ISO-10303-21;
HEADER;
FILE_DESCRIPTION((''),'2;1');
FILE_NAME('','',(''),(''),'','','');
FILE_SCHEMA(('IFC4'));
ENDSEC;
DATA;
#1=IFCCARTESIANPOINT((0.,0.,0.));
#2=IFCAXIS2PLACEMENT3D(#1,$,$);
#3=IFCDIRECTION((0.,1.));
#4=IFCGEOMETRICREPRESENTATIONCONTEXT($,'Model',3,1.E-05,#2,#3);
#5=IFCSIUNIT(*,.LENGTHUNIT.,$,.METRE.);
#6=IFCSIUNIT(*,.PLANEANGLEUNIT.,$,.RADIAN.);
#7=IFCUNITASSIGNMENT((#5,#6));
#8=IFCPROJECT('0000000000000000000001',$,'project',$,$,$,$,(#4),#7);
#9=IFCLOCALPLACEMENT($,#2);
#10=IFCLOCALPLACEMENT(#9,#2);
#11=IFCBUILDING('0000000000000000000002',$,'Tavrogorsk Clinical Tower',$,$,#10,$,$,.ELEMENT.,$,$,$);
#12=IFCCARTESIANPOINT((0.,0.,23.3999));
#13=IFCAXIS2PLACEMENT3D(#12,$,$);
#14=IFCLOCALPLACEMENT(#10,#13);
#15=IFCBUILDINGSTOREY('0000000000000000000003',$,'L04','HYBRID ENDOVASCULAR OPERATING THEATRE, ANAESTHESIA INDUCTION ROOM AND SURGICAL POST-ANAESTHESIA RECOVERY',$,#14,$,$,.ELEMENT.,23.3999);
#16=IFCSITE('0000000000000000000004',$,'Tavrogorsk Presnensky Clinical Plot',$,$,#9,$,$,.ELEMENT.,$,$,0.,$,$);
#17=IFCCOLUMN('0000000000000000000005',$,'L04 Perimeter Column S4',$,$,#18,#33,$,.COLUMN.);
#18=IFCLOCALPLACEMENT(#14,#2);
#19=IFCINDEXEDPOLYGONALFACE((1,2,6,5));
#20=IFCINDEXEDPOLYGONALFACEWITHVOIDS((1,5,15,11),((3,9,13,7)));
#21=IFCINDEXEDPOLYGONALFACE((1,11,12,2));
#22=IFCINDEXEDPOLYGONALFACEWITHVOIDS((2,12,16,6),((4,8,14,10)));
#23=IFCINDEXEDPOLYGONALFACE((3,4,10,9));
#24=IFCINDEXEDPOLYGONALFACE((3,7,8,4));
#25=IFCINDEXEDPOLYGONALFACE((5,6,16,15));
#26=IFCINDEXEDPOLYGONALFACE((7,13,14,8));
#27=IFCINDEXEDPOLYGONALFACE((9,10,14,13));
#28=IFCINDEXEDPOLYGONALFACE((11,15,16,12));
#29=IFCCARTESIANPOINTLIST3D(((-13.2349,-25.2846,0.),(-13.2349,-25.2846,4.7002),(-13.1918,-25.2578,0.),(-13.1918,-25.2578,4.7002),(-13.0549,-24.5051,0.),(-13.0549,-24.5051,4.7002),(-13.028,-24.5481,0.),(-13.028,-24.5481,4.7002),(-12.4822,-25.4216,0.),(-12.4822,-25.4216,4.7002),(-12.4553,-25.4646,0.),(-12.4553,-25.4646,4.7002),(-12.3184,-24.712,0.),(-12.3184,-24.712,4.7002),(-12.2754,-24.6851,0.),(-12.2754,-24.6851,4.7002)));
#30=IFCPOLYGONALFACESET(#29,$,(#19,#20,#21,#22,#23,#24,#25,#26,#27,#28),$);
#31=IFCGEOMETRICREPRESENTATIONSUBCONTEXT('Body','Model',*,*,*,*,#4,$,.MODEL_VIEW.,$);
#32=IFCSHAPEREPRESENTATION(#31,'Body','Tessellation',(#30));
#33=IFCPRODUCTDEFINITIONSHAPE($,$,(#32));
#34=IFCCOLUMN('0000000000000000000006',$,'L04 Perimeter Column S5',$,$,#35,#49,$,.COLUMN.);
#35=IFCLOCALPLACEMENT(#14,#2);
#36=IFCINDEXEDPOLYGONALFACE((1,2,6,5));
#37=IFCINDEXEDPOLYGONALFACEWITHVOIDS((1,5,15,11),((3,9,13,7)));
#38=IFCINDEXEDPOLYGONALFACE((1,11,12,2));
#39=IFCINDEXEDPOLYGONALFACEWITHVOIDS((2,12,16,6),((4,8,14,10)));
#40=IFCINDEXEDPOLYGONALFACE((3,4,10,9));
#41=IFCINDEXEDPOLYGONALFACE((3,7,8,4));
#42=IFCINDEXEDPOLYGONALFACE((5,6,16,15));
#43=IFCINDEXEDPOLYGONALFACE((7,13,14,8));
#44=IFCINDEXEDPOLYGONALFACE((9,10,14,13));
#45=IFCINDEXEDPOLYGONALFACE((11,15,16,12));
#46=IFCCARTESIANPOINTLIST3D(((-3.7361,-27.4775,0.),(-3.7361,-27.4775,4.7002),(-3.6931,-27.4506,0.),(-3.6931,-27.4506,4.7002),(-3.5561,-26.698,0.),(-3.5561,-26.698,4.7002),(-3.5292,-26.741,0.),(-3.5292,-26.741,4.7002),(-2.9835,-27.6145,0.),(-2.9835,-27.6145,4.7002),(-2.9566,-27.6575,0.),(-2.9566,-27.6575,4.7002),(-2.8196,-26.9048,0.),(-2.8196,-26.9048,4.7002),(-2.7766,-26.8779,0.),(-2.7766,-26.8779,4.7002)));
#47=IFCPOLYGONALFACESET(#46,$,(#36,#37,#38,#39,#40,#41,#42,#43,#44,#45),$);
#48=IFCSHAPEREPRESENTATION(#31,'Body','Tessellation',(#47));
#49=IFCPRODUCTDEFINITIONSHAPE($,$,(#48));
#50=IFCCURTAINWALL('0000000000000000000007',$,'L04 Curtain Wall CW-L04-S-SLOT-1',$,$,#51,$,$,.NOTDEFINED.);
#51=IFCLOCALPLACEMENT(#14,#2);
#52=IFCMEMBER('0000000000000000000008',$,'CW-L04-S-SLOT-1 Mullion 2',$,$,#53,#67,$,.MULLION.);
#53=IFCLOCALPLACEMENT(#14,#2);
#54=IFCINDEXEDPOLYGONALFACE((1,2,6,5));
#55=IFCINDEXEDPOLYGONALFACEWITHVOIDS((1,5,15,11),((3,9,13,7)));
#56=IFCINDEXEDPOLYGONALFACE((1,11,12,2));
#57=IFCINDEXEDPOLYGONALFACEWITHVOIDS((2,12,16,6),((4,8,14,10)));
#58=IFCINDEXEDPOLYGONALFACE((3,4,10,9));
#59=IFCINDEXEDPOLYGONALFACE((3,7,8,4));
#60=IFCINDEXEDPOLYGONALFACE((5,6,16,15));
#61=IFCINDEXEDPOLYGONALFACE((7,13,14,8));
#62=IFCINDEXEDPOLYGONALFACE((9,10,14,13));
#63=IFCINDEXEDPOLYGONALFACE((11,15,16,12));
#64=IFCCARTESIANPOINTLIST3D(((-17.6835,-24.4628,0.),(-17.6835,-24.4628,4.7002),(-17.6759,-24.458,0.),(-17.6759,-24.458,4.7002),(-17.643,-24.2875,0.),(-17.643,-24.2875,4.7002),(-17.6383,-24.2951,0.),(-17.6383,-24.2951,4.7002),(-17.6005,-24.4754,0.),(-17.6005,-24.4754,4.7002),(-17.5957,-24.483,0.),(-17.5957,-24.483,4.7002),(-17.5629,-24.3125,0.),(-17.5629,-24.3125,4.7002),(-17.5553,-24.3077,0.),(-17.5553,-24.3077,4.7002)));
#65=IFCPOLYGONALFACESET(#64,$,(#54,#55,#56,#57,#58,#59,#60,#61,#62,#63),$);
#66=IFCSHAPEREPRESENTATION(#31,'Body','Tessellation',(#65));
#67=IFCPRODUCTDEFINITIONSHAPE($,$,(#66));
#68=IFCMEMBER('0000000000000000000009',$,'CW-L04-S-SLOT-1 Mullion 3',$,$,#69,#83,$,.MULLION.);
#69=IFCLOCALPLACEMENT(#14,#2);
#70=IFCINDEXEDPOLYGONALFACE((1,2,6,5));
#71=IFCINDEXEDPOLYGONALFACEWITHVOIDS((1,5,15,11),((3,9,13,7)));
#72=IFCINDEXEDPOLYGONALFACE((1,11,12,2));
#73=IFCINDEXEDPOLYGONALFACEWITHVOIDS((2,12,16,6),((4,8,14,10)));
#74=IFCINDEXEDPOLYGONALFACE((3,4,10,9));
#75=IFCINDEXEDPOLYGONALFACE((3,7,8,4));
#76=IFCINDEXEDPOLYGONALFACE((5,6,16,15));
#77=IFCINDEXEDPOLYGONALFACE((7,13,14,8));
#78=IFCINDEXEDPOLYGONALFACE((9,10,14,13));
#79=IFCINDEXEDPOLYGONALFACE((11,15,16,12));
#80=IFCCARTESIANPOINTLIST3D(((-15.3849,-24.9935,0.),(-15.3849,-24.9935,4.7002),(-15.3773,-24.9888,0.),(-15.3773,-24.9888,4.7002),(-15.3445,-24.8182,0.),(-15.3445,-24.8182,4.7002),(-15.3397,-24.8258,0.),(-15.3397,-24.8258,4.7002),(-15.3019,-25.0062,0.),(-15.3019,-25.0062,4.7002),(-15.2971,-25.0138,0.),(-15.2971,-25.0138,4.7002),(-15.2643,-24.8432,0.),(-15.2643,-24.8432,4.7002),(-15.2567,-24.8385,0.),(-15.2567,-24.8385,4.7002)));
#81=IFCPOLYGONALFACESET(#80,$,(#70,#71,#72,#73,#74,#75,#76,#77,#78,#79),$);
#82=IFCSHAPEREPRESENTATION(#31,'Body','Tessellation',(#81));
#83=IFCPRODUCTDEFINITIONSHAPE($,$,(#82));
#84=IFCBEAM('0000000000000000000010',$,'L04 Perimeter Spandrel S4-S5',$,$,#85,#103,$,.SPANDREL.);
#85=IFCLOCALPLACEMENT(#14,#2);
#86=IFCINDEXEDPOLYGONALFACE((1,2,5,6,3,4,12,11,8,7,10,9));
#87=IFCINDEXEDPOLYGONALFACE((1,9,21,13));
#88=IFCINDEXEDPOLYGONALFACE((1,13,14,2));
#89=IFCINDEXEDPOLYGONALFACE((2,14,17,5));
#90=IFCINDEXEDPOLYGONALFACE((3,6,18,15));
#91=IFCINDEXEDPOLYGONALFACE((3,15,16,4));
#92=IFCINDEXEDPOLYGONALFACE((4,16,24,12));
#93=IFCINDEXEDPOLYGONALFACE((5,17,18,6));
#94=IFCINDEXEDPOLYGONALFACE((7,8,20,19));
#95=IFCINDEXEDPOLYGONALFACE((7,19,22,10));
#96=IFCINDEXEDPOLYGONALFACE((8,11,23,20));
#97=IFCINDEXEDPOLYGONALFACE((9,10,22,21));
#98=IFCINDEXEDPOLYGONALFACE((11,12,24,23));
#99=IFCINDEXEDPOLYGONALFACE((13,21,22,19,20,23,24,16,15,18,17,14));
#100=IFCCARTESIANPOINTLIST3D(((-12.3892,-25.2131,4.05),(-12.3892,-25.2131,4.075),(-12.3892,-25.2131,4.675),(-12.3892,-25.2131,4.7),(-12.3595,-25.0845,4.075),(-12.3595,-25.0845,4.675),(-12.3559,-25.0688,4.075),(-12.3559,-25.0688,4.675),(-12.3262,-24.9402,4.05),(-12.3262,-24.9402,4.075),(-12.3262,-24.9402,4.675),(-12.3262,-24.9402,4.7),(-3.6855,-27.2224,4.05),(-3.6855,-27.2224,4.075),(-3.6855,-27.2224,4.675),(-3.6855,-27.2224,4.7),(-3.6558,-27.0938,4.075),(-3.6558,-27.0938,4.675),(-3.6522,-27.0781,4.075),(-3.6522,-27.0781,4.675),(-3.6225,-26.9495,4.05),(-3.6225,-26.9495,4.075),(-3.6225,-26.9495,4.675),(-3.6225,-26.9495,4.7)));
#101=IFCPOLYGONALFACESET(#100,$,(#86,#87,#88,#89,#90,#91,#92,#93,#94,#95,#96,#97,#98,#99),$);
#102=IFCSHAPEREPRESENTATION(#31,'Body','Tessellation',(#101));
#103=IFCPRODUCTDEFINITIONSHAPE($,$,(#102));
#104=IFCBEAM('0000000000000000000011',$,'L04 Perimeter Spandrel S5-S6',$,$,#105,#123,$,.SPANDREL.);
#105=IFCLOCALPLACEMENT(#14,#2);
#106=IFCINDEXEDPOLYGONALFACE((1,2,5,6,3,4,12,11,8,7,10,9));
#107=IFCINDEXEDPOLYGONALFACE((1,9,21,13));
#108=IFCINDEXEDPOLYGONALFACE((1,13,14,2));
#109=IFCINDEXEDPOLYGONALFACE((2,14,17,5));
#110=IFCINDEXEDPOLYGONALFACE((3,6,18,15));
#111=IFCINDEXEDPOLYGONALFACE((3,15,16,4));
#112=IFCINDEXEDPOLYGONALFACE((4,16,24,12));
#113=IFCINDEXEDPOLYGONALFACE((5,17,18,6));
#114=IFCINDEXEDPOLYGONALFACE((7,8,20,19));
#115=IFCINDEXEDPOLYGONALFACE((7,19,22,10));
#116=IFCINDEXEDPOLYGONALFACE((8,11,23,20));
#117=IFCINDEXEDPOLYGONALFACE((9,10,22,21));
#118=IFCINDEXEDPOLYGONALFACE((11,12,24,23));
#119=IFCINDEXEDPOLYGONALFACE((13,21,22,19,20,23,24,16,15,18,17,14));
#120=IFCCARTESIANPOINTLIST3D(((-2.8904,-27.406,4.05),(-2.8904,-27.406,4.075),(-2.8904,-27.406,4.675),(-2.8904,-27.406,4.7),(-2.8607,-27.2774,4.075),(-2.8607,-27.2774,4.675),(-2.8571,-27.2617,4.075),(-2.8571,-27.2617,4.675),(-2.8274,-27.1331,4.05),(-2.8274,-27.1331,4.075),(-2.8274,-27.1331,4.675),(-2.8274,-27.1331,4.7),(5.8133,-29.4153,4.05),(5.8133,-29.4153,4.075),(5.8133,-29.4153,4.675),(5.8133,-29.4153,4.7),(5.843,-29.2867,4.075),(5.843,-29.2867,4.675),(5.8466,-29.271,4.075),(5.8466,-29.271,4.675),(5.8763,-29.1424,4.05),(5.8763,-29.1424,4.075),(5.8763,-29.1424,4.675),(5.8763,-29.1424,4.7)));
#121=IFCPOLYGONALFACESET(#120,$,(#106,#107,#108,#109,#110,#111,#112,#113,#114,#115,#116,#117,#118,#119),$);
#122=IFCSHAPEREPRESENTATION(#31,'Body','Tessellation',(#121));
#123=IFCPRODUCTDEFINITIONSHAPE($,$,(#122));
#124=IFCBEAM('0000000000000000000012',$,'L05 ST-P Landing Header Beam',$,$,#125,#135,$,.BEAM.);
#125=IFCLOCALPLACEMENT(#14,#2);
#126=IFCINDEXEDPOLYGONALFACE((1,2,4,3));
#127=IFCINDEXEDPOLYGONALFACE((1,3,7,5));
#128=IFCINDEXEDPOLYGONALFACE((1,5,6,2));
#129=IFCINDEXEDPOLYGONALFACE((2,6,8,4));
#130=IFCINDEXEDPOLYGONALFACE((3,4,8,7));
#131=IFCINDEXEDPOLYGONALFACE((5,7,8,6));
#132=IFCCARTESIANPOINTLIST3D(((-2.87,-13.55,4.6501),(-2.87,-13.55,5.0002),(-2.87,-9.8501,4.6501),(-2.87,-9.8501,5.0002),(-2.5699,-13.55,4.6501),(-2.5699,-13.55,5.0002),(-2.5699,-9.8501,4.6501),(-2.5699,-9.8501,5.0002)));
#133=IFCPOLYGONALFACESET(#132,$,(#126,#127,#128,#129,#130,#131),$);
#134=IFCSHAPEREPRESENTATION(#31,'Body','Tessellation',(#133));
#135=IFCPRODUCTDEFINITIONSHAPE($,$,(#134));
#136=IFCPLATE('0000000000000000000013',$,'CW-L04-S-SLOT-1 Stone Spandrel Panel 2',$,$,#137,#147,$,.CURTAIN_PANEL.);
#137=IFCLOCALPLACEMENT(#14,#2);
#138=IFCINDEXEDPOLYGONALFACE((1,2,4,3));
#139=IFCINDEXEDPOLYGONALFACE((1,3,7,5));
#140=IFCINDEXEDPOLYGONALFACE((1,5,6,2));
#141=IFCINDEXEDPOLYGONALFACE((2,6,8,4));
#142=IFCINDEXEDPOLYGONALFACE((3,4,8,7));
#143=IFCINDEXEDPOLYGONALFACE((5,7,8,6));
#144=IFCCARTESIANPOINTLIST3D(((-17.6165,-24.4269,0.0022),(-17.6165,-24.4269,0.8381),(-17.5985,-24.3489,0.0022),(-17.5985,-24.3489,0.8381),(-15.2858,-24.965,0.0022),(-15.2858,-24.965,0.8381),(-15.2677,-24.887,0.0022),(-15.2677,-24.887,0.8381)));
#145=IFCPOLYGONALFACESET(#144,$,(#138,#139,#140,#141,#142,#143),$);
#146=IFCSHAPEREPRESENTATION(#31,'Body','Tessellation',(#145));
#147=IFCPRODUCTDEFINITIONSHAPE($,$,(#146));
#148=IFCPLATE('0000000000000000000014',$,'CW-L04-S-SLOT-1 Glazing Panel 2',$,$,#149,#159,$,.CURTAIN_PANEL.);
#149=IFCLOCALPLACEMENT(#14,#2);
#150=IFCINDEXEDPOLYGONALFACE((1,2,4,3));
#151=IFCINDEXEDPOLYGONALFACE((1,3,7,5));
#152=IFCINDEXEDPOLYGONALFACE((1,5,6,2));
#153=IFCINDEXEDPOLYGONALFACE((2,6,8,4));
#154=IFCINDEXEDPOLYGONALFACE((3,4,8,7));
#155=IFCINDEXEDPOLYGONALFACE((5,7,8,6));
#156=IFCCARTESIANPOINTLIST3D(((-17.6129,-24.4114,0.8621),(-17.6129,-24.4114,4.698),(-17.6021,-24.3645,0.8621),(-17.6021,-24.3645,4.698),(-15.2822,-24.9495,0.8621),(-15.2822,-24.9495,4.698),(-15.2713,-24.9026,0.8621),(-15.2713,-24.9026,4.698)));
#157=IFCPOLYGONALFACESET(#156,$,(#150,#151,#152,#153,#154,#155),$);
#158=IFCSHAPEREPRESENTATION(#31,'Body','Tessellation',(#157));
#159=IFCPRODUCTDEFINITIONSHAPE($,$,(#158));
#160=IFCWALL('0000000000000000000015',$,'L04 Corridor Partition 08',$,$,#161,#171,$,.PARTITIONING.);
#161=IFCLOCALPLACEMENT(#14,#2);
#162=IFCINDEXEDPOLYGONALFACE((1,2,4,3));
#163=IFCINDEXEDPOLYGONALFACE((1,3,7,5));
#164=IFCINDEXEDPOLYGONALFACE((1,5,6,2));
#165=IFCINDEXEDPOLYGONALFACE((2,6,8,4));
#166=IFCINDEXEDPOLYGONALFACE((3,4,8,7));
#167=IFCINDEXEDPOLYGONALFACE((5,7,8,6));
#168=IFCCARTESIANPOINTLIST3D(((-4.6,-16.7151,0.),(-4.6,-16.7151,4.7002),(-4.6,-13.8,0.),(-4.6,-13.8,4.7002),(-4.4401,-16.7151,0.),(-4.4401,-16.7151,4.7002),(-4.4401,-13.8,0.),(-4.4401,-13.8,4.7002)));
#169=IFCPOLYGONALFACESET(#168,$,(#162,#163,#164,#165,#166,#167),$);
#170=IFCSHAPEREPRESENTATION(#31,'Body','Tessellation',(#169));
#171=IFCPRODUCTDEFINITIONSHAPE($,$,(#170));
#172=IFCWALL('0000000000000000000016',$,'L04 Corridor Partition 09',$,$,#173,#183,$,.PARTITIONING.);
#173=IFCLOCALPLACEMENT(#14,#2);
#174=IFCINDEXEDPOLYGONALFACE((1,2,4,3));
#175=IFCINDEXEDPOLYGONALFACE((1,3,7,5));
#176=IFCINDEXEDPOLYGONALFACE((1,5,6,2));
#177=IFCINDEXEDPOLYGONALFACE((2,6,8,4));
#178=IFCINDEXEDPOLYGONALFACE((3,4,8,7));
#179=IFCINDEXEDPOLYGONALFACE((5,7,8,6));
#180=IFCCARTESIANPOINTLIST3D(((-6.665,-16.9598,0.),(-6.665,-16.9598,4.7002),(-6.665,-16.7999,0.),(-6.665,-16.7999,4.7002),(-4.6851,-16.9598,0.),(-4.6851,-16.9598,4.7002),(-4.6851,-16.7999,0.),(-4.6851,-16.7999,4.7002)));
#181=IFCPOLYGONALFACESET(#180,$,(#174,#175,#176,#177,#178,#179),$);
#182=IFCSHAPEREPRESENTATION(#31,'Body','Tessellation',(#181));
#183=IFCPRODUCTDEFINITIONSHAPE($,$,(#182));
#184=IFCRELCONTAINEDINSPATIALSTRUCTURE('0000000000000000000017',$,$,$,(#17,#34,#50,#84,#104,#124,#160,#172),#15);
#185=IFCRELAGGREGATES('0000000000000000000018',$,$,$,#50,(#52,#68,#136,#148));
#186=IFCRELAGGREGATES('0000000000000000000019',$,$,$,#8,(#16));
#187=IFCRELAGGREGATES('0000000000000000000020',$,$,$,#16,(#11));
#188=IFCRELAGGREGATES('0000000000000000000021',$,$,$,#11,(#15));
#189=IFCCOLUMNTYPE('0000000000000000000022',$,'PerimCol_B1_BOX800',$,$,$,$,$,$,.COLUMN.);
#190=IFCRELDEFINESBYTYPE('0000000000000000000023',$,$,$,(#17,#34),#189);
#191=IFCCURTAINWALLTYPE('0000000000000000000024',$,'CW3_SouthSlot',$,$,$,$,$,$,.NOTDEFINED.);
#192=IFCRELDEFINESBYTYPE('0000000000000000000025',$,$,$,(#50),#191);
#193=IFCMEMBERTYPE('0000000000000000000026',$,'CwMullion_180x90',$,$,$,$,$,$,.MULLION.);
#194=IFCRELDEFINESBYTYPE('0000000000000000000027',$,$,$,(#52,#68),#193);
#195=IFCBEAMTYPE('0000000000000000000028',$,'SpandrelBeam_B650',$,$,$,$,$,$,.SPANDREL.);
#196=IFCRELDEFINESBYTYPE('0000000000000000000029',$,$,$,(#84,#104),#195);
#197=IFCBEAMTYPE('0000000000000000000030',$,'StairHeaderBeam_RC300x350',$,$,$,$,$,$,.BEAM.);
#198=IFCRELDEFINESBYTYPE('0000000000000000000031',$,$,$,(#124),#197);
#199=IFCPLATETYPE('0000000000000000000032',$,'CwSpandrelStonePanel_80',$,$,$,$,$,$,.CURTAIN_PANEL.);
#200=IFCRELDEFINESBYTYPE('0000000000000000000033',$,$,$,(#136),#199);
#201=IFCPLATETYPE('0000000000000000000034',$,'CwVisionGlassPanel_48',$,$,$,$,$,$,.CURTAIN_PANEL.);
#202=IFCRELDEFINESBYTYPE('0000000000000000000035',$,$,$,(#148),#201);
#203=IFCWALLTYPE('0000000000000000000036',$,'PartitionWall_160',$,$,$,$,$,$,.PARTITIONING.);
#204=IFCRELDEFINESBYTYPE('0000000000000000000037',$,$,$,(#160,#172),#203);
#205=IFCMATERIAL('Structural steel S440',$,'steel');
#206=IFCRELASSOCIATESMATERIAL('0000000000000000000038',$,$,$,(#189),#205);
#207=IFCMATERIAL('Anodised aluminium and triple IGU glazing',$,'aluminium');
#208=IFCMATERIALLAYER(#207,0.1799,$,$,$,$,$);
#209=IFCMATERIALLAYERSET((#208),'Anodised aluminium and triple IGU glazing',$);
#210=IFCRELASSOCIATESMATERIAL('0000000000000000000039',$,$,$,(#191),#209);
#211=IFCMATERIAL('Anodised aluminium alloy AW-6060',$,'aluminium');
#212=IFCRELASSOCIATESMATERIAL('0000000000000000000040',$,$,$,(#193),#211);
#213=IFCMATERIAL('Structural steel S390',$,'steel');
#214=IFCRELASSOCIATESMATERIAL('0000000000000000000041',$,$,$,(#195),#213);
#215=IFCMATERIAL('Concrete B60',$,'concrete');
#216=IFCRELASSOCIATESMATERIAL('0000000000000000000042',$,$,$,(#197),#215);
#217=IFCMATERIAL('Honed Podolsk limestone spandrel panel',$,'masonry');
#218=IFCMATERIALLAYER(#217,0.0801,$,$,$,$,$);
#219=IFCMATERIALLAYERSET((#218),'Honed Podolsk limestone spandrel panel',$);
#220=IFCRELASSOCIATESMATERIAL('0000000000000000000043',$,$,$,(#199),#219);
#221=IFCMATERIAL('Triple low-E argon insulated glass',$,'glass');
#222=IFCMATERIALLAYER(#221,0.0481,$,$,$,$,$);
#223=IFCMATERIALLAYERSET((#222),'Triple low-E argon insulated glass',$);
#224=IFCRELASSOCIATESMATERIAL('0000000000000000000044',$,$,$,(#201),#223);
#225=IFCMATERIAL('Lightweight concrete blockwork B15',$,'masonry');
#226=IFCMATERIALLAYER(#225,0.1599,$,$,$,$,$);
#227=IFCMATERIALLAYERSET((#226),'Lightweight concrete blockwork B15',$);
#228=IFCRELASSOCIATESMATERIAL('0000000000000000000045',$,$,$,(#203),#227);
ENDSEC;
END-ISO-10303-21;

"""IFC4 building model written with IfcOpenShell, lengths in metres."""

from ifc_helpers import new_model, si_unit, direction, frame, frame_2d, origin, origin_2d, place, context, subcontext, project, spatial, rectangle, hollow_rectangle, i_section, extrude, material, layer, layer_set, material_profile, profile_set, type_object, element, aggregate, save


model = new_model("IFC4")

# Units and contexts
model_context = context("Model", 3, precision=1e-05, world=origin(), true_north=direction((0.0, 1.0)))
body_context = subcontext(model_context, "Body", "Model", "MODEL_VIEW")
ifc_project = project(units=[si_unit("LENGTHUNIT", "METRE"), si_unit("PLANEANGLEUNIT", "RADIAN")], contexts=[model_context])

# Site, building, storey
site_placement = place(None, origin())
site = spatial("IfcSite", under=ifc_project, at=site_placement, Name="Tavrogorsk Presnensky Clinical Plot", CompositionType="ELEMENT", RefElevation=0.0)
building_placement = place(site_placement, origin())
building = spatial("IfcBuilding", under=site, at=building_placement, Name="Tavrogorsk Clinical Tower", CompositionType="ELEMENT")
storey_placement = place(building_placement, frame((0.0, 0.0, 23.3999)))
storey = spatial("IfcBuildingStorey", under=building, at=storey_placement, Name="L04", Description="HYBRID ENDOVASCULAR OPERATING THEATRE, ANAESTHESIA INDUCTION ROOM AND SURGICAL POST-ANAESTHESIA RECOVERY", CompositionType="ELEMENT", Elevation=23.3999)

# Columns
ifc_material_1 = material(Name="Structural steel S440", Category="steel")
ifc_material_profile_1 = material_profile(ifc_material_1, hollow_rectangle(XDim=0.8, YDim=0.8, WallThickness=0.0359, at=origin_2d()), Name="BOX-800x800x36")
ifc_profile_set_1 = profile_set([ifc_material_profile_1], Name="Structural steel S440")
column_type = type_object("IfcColumnType", Name="PerimCol_B1_BOX800", PredefinedType="COLUMN", material=ifc_profile_set_1)
for number, where, z_axis, x_axis, name in (
    (1, (-12.7551, -24.9849, 0.0), (0.0, 0.0, 1.0), (0.97437, -0.224951, 0.0), "L04 Perimeter Column S4"),
    (2, (-3.2563, -27.1777, 0.0), (0.0, 0.0, 1.0), (0.97437, -0.224951, 0.0), "L04 Perimeter Column S5"),
):
    element("IfcColumn", number, at=place(storey_placement, frame(where, z_axis=z_axis, x_axis=x_axis)), inside=storey, type_object=column_type, Name=name, PredefinedType="COLUMN", context=body_context, shape_type="SweptSolid", body=[
        extrude(hollow_rectangle(XDim=0.8, YDim=0.8, WallThickness=0.0359, at=origin_2d()), origin(), (0.0, 0.0, 1.0), 4.7002),
    ])

# Curtain wall, members
ifc_material_2 = material(Name="Anodised aluminium and triple IGU glazing", Category="aluminium")
ifc_layer_1 = layer(ifc_material_2, 0.1799)
ifc_layer_set_1 = layer_set([ifc_layer_1], Name="Anodised aluminium and triple IGU glazing")
curtain_wall_type = type_object("IfcCurtainWallType", Name="CW3_SouthSlot", PredefinedType="NOTDEFINED", material=ifc_layer_set_1)
curtain_wall_placement = place(storey_placement, origin())
curtain_wall = element("IfcCurtainWall", 3, at=curtain_wall_placement, inside=storey, type_object=curtain_wall_type, Name="L04 Curtain Wall CW-L04-S-SLOT-1", PredefinedType="NOTDEFINED")
ifc_material_3 = material(Name="Anodised aluminium alloy AW-6060", Category="aluminium")
ifc_material_profile_2 = material_profile(ifc_material_3, hollow_rectangle(XDim=0.0901, YDim=0.1799, WallThickness=0.0063, at=origin_2d()), Name="RHS-180x90x6.3")
ifc_profile_set_2 = profile_set([ifc_material_profile_2], Name="Anodised aluminium alloy AW-6060")
member_type = type_object("IfcMemberType", Name="CwMullion_180x90", PredefinedType="MULLION", material=ifc_profile_set_2)
member_1_placement = place(storey_placement, frame((-17.6194, -24.3853, 0.0), z_axis=(0.0, 0.0, 1.0), x_axis=(0.97437, -0.224951, 0.0)))
member_1 = element("IfcMember", 4, at=member_1_placement, type_object=member_type, Name="CW-L04-S-SLOT-1 Mullion 2", PredefinedType="MULLION", context=body_context, shape_type="SweptSolid", body=[
    extrude(hollow_rectangle(XDim=0.0901, YDim=0.1799, WallThickness=0.0063, at=origin_2d()), origin(), (0.0, 0.0, 1.0), 4.7002),
])
member_2_placement = place(storey_placement, frame((-15.3208, -24.916, 0.0), z_axis=(0.0, 0.0, 1.0), x_axis=(0.97437, -0.224951, 0.0)))
member_2 = element("IfcMember", 5, at=member_2_placement, type_object=member_type, Name="CW-L04-S-SLOT-1 Mullion 3", PredefinedType="MULLION", context=body_context, shape_type="SweptSolid", body=[
    extrude(hollow_rectangle(XDim=0.0901, YDim=0.1799, WallThickness=0.0063, at=origin_2d()), origin(), (0.0, 0.0, 1.0), 4.7002),
])

# Beams
ifc_material_4 = material(Name="Structural steel S390", Category="steel")
ifc_material_profile_3 = material_profile(ifc_material_4, i_section(OverallWidth=0.28, OverallDepth=0.6499, WebThickness=0.0161, FlangeThickness=0.0249, at=origin_2d()), Name="B-650x280x16x25")
ifc_profile_set_3 = profile_set([ifc_material_profile_3], Name="Structural steel S390")
beam_type_1 = type_object("IfcBeamType", Name="SpandrelBeam_B650", PredefinedType="SPANDREL", material=ifc_profile_set_3)
for number, where, z_axis, x_axis, name in (
    (6, (-12.3577, -25.0767, 4.375), (0.974373, -0.224939, 0.0), (0.224939, 0.974373, 0.0), "L04 Perimeter Spandrel S4-S5"),
    (7, (-2.8589, -27.2695, 4.375), (0.974373, -0.224939, 0.0), (0.224939, 0.974373, 0.0), "L04 Perimeter Spandrel S5-S6"),
):
    element("IfcBeam", number, at=place(storey_placement, frame(where, z_axis=z_axis, x_axis=x_axis)), inside=storey, type_object=beam_type_1, Name=name, PredefinedType="SPANDREL", context=body_context, shape_type="SweptSolid", body=[
        extrude(i_section(OverallWidth=0.28, OverallDepth=0.6499, WebThickness=0.0161, FlangeThickness=0.0249, at=origin_2d()), origin(), (0.0, 0.0, 1.0), 8.9326),
    ])
ifc_material_5 = material(Name="Concrete B60", Category="concrete")
ifc_material_profile_4 = material_profile(ifc_material_5, rectangle(XDim=0.3, YDim=0.3501, at=origin_2d()), Name="RC-SHB-300x350")
ifc_profile_set_4 = profile_set([ifc_material_profile_4], Name="Concrete B60")
beam_type_2 = type_object("IfcBeamType", Name="StairHeaderBeam_RC300x350", PredefinedType="BEAM", material=ifc_profile_set_4)
beam_placement = place(storey_placement, frame((-2.72, -13.55, 4.8252), z_axis=(0.0, 1.0, 0.0), x_axis=(-1.0, 0.0, 0.0)))
element("IfcBeam", 8, at=beam_placement, inside=storey, type_object=beam_type_2, Name="L05 ST-P Landing Header Beam", PredefinedType="BEAM", context=body_context, shape_type="SweptSolid", body=[
    extrude(rectangle(XDim=0.3, YDim=0.3501, at=origin_2d()), origin(), (0.0, 0.0, 1.0), 3.7),
])

# Plates
ifc_material_6 = material(Name="Honed Podolsk limestone spandrel panel", Category="masonry")
ifc_layer_2 = layer(ifc_material_6, 0.0801)
ifc_layer_set_2 = layer_set([ifc_layer_2], Name="Honed Podolsk limestone spandrel panel")
plate_type_1 = type_object("IfcPlateType", Name="CwSpandrelStonePanel_80", PredefinedType="CURTAIN_PANEL", material=ifc_layer_set_2)
plate_1_placement = place(storey_placement, frame((-16.4421, -24.657, 0.0022), z_axis=(0.0, 0.0, 1.0), x_axis=(0.97437, -0.224951, 0.0)))
plate_1 = element("IfcPlate", 9, at=plate_1_placement, type_object=plate_type_1, Name="CW-L04-S-SLOT-1 Stone Spandrel Panel 2", PredefinedType="CURTAIN_PANEL", context=body_context, shape_type="SweptSolid", body=[
    extrude(rectangle(XDim=2.3921, YDim=0.0801, at=origin_2d()), origin(), (0.0, 0.0, 1.0), 0.8359),
])
ifc_material_7 = material(Name="Triple low-E argon insulated glass", Category="glass")
ifc_layer_3 = layer(ifc_material_7, 0.0481)
ifc_layer_set_3 = layer_set([ifc_layer_3], Name="Triple low-E argon insulated glass")
plate_type_2 = type_object("IfcPlateType", Name="CwVisionGlassPanel_48", PredefinedType="CURTAIN_PANEL", material=ifc_layer_set_3)
plate_2_placement = place(storey_placement, frame((-16.4421, -24.657, 0.8621), z_axis=(0.0, 0.0, 1.0), x_axis=(0.97437, -0.224951, 0.0)))
plate_2 = element("IfcPlate", 10, at=plate_2_placement, type_object=plate_type_2, Name="CW-L04-S-SLOT-1 Glazing Panel 2", PredefinedType="CURTAIN_PANEL", context=body_context, shape_type="SweptSolid", body=[
    extrude(rectangle(XDim=2.3921, YDim=0.0481, at=origin_2d()), origin(), (0.0, 0.0, 1.0), 3.8359),
])
aggregate(curtain_wall, [member_1, member_2, plate_1, plate_2])

# Walls
ifc_material_8 = material(Name="Lightweight concrete blockwork B15", Category="masonry")
ifc_layer_4 = layer(ifc_material_8, 0.1599)
ifc_layer_set_4 = layer_set([ifc_layer_4], Name="Lightweight concrete blockwork B15")
wall_type_1 = type_object("IfcWallType", Name="PartitionWall_160", PredefinedType="PARTITIONING", material=ifc_layer_set_4)
wall_1_placement = place(storey_placement, frame((-4.52, -13.8, 0.0), z_axis=(0.0, 0.0, 1.0), x_axis=(0.0, -1.0, 0.0)))
element("IfcWall", 11, at=wall_1_placement, inside=storey, type_object=wall_type_1, Name="L04 Corridor Partition 08", PredefinedType="PARTITIONING", context=body_context, shape_type="SweptSolid", body=[
    extrude(rectangle(XDim=2.915, YDim=0.1599, at=frame_2d((1.4575, 0.0))), origin(), (0.0, 0.0, 1.0), 4.7002),
])
wall_2_placement = place(storey_placement, frame((-4.6851, -16.8799, 0.0), z_axis=(0.0, 0.0, 1.0), x_axis=(-1.0, 0.0, 0.0)))
element("IfcWall", 12, at=wall_2_placement, inside=storey, type_object=wall_type_1, Name="L04 Corridor Partition 09", PredefinedType="PARTITIONING", context=body_context, shape_type="SweptSolid", body=[
    extrude(rectangle(XDim=1.98, YDim=0.1599, at=frame_2d((0.99, 0.0))), origin(), (0.0, 0.0, 1.0), 4.7002),
])

save(model, "model.ifc")
